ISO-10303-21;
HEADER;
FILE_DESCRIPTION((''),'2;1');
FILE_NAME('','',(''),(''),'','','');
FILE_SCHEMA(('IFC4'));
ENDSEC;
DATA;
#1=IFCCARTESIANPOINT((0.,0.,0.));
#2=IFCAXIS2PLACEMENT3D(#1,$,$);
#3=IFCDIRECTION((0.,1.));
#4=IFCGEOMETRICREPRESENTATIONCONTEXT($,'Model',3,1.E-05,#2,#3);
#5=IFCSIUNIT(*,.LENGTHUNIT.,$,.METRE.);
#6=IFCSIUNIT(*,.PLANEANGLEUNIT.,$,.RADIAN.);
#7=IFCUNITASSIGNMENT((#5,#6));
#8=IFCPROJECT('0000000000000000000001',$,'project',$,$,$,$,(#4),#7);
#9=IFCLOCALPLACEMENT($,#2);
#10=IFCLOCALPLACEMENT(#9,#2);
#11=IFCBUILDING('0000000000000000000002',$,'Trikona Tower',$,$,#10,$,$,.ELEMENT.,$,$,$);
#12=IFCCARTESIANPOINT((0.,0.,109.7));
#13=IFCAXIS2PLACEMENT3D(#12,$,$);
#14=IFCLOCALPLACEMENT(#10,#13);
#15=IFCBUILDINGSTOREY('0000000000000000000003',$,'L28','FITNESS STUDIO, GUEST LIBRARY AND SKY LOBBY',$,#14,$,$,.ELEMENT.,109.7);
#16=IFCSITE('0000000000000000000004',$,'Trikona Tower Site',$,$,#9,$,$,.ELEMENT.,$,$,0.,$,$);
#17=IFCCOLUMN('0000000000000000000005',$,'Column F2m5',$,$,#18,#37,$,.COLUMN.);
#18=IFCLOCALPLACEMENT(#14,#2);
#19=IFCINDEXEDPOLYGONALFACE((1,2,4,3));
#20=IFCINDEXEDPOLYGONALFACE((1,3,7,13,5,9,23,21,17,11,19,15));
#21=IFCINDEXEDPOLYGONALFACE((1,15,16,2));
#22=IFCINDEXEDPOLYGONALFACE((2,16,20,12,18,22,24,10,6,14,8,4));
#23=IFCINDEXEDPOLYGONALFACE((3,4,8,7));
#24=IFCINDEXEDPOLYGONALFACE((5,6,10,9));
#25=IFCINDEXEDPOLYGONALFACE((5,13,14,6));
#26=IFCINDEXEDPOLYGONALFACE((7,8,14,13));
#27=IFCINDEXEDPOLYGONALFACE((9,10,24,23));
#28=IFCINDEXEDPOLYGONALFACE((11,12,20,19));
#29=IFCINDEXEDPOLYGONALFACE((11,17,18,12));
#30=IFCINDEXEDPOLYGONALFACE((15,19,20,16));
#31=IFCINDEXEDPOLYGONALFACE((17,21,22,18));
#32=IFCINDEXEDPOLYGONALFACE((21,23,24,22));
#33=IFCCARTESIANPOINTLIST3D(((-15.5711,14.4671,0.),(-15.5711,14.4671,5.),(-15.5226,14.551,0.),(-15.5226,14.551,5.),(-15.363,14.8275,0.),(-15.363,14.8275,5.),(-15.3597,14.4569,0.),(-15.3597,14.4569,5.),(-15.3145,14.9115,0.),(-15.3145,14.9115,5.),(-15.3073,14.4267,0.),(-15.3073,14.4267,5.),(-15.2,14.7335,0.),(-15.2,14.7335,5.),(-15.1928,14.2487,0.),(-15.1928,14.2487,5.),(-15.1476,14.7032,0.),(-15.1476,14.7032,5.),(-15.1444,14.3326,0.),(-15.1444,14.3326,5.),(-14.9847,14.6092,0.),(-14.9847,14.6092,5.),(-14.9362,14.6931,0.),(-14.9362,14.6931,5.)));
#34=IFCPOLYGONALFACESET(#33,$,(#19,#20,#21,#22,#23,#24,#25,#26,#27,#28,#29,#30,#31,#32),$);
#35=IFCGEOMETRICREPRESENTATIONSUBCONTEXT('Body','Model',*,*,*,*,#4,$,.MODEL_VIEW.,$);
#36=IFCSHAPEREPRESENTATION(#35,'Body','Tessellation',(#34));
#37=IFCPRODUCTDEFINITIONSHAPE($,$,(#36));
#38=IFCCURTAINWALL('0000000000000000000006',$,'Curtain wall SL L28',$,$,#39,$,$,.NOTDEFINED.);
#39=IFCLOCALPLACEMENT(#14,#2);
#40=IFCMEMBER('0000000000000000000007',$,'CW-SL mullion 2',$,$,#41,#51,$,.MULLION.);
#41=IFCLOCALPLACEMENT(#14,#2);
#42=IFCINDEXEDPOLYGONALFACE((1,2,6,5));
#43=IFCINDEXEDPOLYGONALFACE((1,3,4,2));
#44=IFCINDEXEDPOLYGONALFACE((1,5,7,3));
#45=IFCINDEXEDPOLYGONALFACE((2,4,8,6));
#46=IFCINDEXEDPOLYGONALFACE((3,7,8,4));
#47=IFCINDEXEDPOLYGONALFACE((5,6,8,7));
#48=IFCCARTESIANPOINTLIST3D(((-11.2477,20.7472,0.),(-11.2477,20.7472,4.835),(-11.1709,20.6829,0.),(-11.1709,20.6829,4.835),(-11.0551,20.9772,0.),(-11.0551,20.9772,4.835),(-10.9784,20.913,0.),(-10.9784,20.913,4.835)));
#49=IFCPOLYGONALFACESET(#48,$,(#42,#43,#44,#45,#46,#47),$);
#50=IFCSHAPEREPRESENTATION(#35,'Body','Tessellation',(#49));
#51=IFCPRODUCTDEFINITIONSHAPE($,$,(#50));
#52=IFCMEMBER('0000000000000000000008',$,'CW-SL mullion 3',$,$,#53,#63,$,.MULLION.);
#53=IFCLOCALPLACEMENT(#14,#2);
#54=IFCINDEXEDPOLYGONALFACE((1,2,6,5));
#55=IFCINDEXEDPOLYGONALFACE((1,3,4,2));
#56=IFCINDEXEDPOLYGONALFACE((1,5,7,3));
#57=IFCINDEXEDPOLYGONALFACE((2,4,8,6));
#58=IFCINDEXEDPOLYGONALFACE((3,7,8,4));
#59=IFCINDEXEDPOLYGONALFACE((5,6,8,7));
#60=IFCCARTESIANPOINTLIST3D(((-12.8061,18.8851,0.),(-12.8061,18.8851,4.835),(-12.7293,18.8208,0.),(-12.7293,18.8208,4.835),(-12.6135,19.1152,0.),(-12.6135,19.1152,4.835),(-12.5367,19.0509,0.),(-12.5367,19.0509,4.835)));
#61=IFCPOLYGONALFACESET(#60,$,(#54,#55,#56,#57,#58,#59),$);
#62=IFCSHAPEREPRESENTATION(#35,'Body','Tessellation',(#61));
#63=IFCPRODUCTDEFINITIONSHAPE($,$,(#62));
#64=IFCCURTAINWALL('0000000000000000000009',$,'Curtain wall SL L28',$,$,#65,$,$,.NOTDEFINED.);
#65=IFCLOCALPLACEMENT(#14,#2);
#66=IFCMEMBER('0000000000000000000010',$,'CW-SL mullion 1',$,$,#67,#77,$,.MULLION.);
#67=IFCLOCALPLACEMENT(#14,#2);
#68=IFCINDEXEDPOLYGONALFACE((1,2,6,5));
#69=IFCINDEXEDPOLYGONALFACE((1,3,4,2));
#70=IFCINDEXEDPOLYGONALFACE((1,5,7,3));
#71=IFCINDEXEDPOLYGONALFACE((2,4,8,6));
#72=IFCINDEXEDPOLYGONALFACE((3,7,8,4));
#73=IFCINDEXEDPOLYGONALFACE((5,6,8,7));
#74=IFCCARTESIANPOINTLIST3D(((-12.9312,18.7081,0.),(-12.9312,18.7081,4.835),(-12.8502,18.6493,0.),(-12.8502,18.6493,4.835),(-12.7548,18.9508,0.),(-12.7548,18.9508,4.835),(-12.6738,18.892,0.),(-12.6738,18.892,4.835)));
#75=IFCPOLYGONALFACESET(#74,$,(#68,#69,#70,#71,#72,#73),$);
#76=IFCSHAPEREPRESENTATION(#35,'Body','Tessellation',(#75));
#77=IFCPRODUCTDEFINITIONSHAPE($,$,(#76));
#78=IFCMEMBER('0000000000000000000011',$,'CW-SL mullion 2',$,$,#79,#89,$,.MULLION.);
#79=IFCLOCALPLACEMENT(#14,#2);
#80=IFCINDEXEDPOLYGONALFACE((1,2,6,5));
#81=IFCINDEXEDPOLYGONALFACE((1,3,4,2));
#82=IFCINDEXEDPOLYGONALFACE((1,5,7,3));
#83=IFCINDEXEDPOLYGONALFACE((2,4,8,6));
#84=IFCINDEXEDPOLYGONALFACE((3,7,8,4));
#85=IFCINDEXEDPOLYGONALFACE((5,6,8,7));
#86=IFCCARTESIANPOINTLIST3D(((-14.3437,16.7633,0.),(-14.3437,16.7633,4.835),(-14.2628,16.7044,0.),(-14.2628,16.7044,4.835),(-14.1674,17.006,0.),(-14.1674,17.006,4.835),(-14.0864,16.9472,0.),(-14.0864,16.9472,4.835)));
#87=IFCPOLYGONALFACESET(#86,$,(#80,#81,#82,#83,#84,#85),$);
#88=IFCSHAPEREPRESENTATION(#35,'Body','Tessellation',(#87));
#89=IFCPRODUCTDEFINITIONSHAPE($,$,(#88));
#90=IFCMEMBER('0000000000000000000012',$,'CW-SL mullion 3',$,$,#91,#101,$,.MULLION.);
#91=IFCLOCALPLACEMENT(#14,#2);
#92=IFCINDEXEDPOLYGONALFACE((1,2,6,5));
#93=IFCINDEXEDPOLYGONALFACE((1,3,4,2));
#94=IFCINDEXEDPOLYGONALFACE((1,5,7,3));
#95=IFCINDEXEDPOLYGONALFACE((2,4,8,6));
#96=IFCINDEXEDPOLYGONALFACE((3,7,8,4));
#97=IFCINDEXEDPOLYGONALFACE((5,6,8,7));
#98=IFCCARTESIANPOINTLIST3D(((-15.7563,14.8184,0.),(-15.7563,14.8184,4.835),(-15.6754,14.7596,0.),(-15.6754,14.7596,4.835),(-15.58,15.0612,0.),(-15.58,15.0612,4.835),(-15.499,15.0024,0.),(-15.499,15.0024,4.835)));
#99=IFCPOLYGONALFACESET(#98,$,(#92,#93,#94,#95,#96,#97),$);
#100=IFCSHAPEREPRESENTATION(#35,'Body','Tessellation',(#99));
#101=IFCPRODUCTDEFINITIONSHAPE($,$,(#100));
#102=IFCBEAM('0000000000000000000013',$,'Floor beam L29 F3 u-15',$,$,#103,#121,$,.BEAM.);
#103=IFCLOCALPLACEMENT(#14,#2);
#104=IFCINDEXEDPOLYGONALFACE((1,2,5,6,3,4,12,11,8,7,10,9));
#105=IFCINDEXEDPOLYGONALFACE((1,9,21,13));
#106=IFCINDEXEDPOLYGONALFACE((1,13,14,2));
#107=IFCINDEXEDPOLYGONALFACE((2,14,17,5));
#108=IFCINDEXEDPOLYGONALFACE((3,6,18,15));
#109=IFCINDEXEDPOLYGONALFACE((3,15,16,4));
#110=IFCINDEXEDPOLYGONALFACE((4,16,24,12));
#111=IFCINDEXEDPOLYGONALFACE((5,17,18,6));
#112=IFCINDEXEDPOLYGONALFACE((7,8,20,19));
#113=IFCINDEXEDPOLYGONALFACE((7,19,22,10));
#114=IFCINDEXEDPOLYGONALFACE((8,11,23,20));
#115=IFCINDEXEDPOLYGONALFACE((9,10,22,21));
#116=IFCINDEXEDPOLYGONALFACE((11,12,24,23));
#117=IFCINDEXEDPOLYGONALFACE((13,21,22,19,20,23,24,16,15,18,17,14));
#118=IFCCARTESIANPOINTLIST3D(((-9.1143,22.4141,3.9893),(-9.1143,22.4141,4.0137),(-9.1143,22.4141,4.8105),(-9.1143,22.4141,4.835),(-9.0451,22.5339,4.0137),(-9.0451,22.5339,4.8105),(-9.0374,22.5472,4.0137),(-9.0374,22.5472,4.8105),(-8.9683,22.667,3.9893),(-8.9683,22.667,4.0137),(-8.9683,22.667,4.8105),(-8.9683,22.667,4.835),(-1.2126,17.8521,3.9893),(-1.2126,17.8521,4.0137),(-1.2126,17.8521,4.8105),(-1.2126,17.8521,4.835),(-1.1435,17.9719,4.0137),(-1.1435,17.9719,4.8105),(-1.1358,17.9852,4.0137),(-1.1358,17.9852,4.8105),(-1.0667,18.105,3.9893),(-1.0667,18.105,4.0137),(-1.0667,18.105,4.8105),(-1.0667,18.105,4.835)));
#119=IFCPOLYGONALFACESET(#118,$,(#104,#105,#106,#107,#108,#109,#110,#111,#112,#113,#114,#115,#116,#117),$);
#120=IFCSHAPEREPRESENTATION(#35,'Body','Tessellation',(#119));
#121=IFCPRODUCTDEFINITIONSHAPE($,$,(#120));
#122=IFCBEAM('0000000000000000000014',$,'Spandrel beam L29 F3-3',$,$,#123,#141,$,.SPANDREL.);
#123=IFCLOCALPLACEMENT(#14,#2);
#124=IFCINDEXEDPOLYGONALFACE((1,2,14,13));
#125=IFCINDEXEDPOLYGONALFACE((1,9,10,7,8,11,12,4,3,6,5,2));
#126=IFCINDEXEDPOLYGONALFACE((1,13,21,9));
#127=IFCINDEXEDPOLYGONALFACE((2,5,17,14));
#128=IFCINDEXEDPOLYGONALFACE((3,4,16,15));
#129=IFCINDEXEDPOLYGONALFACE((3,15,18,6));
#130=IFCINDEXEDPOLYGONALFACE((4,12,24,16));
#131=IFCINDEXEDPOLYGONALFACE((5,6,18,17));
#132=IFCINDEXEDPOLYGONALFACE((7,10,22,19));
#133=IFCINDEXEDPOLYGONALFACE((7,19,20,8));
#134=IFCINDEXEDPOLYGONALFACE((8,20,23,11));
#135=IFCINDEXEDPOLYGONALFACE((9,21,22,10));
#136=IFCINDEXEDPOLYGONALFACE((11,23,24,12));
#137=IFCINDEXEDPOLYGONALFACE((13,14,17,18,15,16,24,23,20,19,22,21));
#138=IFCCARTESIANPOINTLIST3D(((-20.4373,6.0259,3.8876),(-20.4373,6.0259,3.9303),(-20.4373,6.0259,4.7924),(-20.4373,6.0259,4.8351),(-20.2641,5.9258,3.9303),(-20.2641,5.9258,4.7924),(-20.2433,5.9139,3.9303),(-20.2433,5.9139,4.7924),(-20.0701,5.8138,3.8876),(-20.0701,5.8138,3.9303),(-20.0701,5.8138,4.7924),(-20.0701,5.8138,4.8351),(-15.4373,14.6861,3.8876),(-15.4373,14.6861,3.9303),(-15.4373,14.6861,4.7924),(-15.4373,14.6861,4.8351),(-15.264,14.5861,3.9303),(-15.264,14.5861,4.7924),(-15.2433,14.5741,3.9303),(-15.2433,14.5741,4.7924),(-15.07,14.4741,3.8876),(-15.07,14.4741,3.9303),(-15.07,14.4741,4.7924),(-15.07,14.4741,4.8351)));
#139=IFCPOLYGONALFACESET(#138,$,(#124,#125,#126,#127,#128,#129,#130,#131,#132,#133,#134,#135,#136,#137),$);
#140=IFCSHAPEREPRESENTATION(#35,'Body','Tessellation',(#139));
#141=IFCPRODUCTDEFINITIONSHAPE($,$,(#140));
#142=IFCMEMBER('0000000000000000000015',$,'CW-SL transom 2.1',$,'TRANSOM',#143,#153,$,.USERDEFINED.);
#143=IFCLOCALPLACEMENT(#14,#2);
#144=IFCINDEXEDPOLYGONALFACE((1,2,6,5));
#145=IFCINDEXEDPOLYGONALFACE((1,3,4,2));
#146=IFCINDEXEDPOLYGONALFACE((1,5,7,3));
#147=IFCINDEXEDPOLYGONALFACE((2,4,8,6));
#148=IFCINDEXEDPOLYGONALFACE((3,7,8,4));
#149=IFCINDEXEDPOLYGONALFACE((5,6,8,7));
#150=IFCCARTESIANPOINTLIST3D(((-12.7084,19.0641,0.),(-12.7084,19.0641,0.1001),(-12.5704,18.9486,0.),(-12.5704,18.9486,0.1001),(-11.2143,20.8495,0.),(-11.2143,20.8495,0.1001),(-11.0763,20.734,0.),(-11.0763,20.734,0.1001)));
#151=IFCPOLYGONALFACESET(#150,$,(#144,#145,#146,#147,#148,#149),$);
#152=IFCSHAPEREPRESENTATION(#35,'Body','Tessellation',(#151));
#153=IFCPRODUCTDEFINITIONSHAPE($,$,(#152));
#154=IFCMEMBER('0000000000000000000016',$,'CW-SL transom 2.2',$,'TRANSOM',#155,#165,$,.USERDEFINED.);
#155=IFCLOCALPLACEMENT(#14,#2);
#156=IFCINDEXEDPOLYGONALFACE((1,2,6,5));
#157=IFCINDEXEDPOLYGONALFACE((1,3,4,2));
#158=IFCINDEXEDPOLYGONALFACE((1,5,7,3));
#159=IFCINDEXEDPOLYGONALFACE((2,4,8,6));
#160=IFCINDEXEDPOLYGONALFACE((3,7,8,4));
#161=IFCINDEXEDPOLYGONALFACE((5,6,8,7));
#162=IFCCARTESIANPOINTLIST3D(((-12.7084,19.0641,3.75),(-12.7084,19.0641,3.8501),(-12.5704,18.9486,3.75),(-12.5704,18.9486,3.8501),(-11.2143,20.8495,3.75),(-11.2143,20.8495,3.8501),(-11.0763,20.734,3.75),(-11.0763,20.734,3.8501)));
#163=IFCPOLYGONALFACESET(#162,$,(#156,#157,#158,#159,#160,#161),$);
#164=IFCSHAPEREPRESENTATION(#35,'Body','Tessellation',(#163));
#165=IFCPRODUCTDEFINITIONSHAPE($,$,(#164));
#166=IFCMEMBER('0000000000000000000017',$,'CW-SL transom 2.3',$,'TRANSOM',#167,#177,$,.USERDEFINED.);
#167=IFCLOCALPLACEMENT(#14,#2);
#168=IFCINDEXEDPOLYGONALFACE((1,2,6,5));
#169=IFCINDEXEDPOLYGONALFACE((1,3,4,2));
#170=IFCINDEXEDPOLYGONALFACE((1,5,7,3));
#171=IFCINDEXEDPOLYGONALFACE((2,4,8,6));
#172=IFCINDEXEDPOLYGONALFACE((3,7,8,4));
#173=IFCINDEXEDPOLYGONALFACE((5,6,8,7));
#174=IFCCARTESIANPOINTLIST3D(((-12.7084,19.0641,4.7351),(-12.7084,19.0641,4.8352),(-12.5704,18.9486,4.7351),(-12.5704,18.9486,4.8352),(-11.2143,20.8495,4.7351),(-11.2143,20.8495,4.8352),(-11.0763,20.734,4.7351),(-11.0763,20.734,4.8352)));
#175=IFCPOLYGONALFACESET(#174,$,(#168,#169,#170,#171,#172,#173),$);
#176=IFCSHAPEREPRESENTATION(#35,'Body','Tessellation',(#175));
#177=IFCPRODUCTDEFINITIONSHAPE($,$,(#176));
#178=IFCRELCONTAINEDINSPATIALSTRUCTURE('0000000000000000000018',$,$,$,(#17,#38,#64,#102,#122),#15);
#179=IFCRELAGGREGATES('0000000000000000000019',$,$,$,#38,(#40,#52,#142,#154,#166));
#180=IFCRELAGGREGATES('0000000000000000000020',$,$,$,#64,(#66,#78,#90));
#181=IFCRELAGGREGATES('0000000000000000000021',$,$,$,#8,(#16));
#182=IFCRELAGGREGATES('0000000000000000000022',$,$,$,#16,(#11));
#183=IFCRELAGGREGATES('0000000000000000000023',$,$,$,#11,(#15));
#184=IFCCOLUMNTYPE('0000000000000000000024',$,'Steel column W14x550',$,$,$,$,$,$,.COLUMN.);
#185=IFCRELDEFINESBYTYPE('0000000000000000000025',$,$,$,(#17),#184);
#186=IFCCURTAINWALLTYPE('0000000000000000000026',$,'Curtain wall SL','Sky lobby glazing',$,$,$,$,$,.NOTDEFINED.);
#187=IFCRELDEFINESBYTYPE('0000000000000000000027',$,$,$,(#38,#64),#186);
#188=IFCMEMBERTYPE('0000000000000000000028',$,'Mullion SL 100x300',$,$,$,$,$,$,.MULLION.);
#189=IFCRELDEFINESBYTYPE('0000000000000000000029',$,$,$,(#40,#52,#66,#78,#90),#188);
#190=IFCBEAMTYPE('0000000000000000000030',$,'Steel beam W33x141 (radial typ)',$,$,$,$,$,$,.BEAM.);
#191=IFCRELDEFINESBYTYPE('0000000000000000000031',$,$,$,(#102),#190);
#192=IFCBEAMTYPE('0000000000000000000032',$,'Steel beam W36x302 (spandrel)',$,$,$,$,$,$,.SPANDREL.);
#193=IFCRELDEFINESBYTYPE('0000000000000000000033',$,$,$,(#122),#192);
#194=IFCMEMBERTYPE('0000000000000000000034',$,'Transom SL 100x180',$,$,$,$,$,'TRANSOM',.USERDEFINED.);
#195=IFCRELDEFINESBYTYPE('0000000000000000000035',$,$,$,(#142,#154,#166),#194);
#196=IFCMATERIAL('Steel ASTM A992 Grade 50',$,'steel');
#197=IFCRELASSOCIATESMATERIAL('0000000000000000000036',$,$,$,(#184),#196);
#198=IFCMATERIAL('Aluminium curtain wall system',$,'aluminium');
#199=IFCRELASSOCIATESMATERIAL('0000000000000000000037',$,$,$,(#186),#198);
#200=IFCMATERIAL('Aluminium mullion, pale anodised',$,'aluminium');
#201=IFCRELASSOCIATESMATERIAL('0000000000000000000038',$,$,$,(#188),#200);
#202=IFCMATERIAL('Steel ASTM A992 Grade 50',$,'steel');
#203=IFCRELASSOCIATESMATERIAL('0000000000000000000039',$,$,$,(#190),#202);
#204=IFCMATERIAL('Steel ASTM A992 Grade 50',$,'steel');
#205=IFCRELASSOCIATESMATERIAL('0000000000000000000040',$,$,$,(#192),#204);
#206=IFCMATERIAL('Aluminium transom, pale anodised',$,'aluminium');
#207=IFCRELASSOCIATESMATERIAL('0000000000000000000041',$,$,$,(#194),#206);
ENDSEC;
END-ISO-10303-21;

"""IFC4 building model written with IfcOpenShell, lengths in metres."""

from ifc_helpers import new_model, si_unit, direction, frame, origin, origin_2d, place, context, subcontext, project, spatial, rectangle, i_section, extrude, material, material_profile, profile_set, type_object, element, aggregate, save


model = new_model("IFC4")

# Units and contexts
model_context = context("Model", 3, precision=1e-05, world=origin(), true_north=direction((0.0, 1.0)))
body_context = subcontext(model_context, "Body", "Model", "MODEL_VIEW")
ifc_project = project(units=[si_unit("LENGTHUNIT", "METRE"), si_unit("PLANEANGLEUNIT", "RADIAN")], contexts=[model_context])

# Site, building, storey
site_placement = place(None, origin())
site = spatial("IfcSite", under=ifc_project, at=site_placement, Name="Trikona Tower Site", CompositionType="ELEMENT", RefElevation=0.0)
building_placement = place(site_placement, origin())
building = spatial("IfcBuilding", under=site, at=building_placement, Name="Trikona Tower", CompositionType="ELEMENT")
storey_placement = place(building_placement, frame((0.0, 0.0, 109.7)))
storey = spatial("IfcBuildingStorey", under=building, at=storey_placement, Name="L28", Description="FITNESS STUDIO, GUEST LIBRARY AND SKY LOBBY", CompositionType="ELEMENT", Elevation=109.7)

# Column
ifc_material_1 = material(Name="Steel ASTM A992 Grade 50", Category="steel")
ifc_material_profile_1 = material_profile(ifc_material_1, i_section(OverallWidth=0.4368, OverallDepth=0.5132, WebThickness=0.0605, FlangeThickness=0.0969, at=origin_2d()), Name="W14X550")
ifc_profile_set_1 = profile_set([ifc_material_profile_1], Name="Steel ASTM A992 Grade 50")
column_type = type_object("IfcColumnType", Name="Steel column W14x550", PredefinedType="COLUMN", material=ifc_profile_set_1)
column_placement = place(storey_placement, frame((-15.2537, 14.5801, 0.0), z_axis=(0.0, 0.0, 1.0), x_axis=(-0.866025, 0.5, 0.0)))
element("IfcColumn", 1, at=column_placement, inside=storey, type_object=column_type, Name="Column F2m5", PredefinedType="COLUMN", context=body_context, shape_type="SweptSolid", body=[
    extrude(i_section(OverallWidth=0.4368, OverallDepth=0.5132, WebThickness=0.0605, FlangeThickness=0.0969, at=origin_2d()), origin(), (0.0, 0.0, 1.0), 5.0),
])

# Curtain walls, members
ifc_material_2 = material(Name="Aluminium curtain wall system", Category="aluminium")
curtain_wall_type = type_object("IfcCurtainWallType", Name="Curtain wall SL", Description="Sky lobby glazing", PredefinedType="NOTDEFINED", material=ifc_material_2)
curtain_wall_1_placement = place(storey_placement, origin())
curtain_wall_1 = element("IfcCurtainWall", 2, at=curtain_wall_1_placement, inside=storey, type_object=curtain_wall_type, Name="Curtain wall SL L28", PredefinedType="NOTDEFINED")
ifc_material_3 = material(Name="Aluminium mullion, pale anodised", Category="aluminium")
ifc_material_profile_2 = material_profile(ifc_material_3, rectangle(XDim=0.1001, YDim=0.3, at=origin_2d()), Name="MUL-SL")
ifc_profile_set_2 = profile_set([ifc_material_profile_2], Name="Aluminium mullion, pale anodised")
member_type_1 = type_object("IfcMemberType", Name="Mullion SL 100x300", PredefinedType="MULLION", material=ifc_profile_set_2)
member_1_placement = place(storey_placement, frame((-11.113, 20.8301, 0.0), z_axis=(0.0, 0.0, 1.0), x_axis=(0.766867, -0.641806, 0.0)))
member_1 = element("IfcMember", 3, at=member_1_placement, type_object=member_type_1, Name="CW-SL mullion 2", PredefinedType="MULLION", context=body_context, shape_type="SweptSolid", body=[
    extrude(rectangle(XDim=0.1001, YDim=0.3, at=origin_2d()), origin(), (0.0, 0.0, 1.0), 4.835),
])
member_2_placement = place(storey_placement, frame((-12.6714, 18.968, 0.0), z_axis=(0.0, 0.0, 1.0), x_axis=(0.766867, -0.641806, 0.0)))
member_2 = element("IfcMember", 4, at=member_2_placement, type_object=member_type_1, Name="CW-SL mullion 3", PredefinedType="MULLION", context=body_context, shape_type="SweptSolid", body=[
    extrude(rectangle(XDim=0.1001, YDim=0.3, at=origin_2d()), origin(), (0.0, 0.0, 1.0), 4.835),
])
curtain_wall_2_placement = place(storey_placement, origin())
curtain_wall_2 = element("IfcCurtainWall", 5, at=curtain_wall_2_placement, inside=storey, type_object=curtain_wall_type, Name="Curtain wall SL L28", PredefinedType="NOTDEFINED")
member_3_placement = place(storey_placement, frame((-12.8025, 18.8, 0.0), z_axis=(0.0, 0.0, 1.0), x_axis=(0.809095, -0.587677, 0.0)))
member_3 = element("IfcMember", 6, at=member_3_placement, type_object=member_type_1, Name="CW-SL mullion 1", PredefinedType="MULLION", context=body_context, shape_type="SweptSolid", body=[
    extrude(rectangle(XDim=0.1001, YDim=0.3, at=origin_2d()), origin(), (0.0, 0.0, 1.0), 4.835),
])
member_4_placement = place(storey_placement, frame((-14.2151, 16.8552, 0.0), z_axis=(0.0, 0.0, 1.0), x_axis=(0.809095, -0.587677, 0.0)))
member_4 = element("IfcMember", 7, at=member_4_placement, type_object=member_type_1, Name="CW-SL mullion 2", PredefinedType="MULLION", context=body_context, shape_type="SweptSolid", body=[
    extrude(rectangle(XDim=0.1001, YDim=0.3, at=origin_2d()), origin(), (0.0, 0.0, 1.0), 4.835),
])
member_5_placement = place(storey_placement, frame((-15.6277, 14.9104, 0.0), z_axis=(0.0, 0.0, 1.0), x_axis=(0.809095, -0.587677, 0.0)))
member_5 = element("IfcMember", 8, at=member_5_placement, type_object=member_type_1, Name="CW-SL mullion 3", PredefinedType="MULLION", context=body_context, shape_type="SweptSolid", body=[
    extrude(rectangle(XDim=0.1001, YDim=0.3, at=origin_2d()), origin(), (0.0, 0.0, 1.0), 4.835),
])

# Beams
ifc_material_4 = material(Name="Steel ASTM A992 Grade 50", Category="steel")
ifc_material_profile_3 = material_profile(ifc_material_4, i_section(OverallWidth=0.292, OverallDepth=0.8457, WebThickness=0.0154, FlangeThickness=0.0244, at=origin_2d()), Name="W33X141")
ifc_profile_set_3 = profile_set([ifc_material_profile_3], Name="Steel ASTM A992 Grade 50")
beam_type_1 = type_object("IfcBeamType", Name="Steel beam W33x141 (radial typ)", PredefinedType="BEAM", material=ifc_profile_set_3)
beam_1_placement = place(storey_placement, frame((-1.1396, 17.9785, 4.4121), z_axis=(-0.866025, 0.500001, 0.0), x_axis=(-0.500001, -0.866025, 0.0)))
element("IfcBeam", 9, at=beam_1_placement, inside=storey, type_object=beam_type_1, Name="Floor beam L29 F3 u-15", PredefinedType="BEAM", context=body_context, shape_type="SweptSolid", body=[
    extrude(i_section(OverallWidth=0.292, OverallDepth=0.8457, WebThickness=0.0154, FlangeThickness=0.0244, at=origin_2d()), origin(), (0.0, 0.0, 1.0), 9.124),
])
ifc_material_5 = material(Name="Steel ASTM A992 Grade 50", Category="steel")
ifc_material_profile_4 = material_profile(ifc_material_5, i_section(OverallWidth=0.4241, OverallDepth=0.9475, WebThickness=0.0239, FlangeThickness=0.0427, at=origin_2d()), Name="W36X302")
ifc_profile_set_4 = profile_set([ifc_material_profile_4], Name="Steel ASTM A992 Grade 50")
beam_type_2 = type_object("IfcBeamType", Name="Steel beam W36x302 (spandrel)", PredefinedType="SPANDREL", material=ifc_profile_set_4)
beam_2_placement = place(storey_placement, frame((-15.2537, 14.5801, 4.3613), z_axis=(-0.500004, -0.866023, 0.0), x_axis=(0.866023, -0.500004, 0.0)))
element("IfcBeam", 10, at=beam_2_placement, inside=storey, type_object=beam_type_2, Name="Spandrel beam L29 F3-3", PredefinedType="SPANDREL", context=body_context, shape_type="SweptSolid", body=[
    extrude(i_section(OverallWidth=0.4241, OverallDepth=0.9475, WebThickness=0.0239, FlangeThickness=0.0427, at=origin_2d()), origin(), (0.0, 0.0, 1.0), 10.0),
])

# Members
ifc_material_6 = material(Name="Aluminium transom, pale anodised", Category="aluminium")
ifc_material_profile_5 = material_profile(ifc_material_6, rectangle(XDim=0.1799, YDim=0.1001, at=origin_2d()), Name="TRN-SL")
ifc_profile_set_5 = profile_set([ifc_material_profile_5], Name="Aluminium transom, pale anodised")
member_type_2 = type_object("IfcMemberType", Name="Transom SL 100x180", ElementType="TRANSOM", PredefinedType="USERDEFINED", material=ifc_profile_set_5)
member_6_placement = place(storey_placement, frame((-11.1453, 20.7917, 0.05), z_axis=(-0.641782, -0.766887, 0.0), x_axis=(0.766887, -0.641782, 0.0)))
member_6 = element("IfcMember", 11, at=member_6_placement, type_object=member_type_2, Name="CW-SL transom 2.1", ObjectType="TRANSOM", PredefinedType="USERDEFINED", context=body_context, shape_type="SweptSolid", body=[
    extrude(rectangle(XDim=0.1799, YDim=0.1001, at=origin_2d()), origin(), (0.0, 0.0, 1.0), 2.3281),
])
member_7_placement = place(storey_placement, frame((-11.1453, 20.7917, 3.8), z_axis=(-0.641782, -0.766887, 0.0), x_axis=(0.766887, -0.641782, 0.0)))
member_7 = element("IfcMember", 12, at=member_7_placement, type_object=member_type_2, Name="CW-SL transom 2.2", ObjectType="TRANSOM", PredefinedType="USERDEFINED", context=body_context, shape_type="SweptSolid", body=[
    extrude(rectangle(XDim=0.1799, YDim=0.1001, at=origin_2d()), origin(), (0.0, 0.0, 1.0), 2.3281),
])
member_8_placement = place(storey_placement, frame((-11.1453, 20.7917, 4.7852), z_axis=(-0.641782, -0.766887, 0.0), x_axis=(0.766887, -0.641782, 0.0)))
member_8 = element("IfcMember", 13, at=member_8_placement, type_object=member_type_2, Name="CW-SL transom 2.3", ObjectType="TRANSOM", PredefinedType="USERDEFINED", context=body_context, shape_type="SweptSolid", body=[
    extrude(rectangle(XDim=0.1799, YDim=0.1001, at=origin_2d()), origin(), (0.0, 0.0, 1.0), 2.3281),
])

aggregate(curtain_wall_1, [member_1, member_2, member_6, member_7, member_8])
aggregate(curtain_wall_2, [member_3, member_4, member_5])

save(model, "model.ifc")
